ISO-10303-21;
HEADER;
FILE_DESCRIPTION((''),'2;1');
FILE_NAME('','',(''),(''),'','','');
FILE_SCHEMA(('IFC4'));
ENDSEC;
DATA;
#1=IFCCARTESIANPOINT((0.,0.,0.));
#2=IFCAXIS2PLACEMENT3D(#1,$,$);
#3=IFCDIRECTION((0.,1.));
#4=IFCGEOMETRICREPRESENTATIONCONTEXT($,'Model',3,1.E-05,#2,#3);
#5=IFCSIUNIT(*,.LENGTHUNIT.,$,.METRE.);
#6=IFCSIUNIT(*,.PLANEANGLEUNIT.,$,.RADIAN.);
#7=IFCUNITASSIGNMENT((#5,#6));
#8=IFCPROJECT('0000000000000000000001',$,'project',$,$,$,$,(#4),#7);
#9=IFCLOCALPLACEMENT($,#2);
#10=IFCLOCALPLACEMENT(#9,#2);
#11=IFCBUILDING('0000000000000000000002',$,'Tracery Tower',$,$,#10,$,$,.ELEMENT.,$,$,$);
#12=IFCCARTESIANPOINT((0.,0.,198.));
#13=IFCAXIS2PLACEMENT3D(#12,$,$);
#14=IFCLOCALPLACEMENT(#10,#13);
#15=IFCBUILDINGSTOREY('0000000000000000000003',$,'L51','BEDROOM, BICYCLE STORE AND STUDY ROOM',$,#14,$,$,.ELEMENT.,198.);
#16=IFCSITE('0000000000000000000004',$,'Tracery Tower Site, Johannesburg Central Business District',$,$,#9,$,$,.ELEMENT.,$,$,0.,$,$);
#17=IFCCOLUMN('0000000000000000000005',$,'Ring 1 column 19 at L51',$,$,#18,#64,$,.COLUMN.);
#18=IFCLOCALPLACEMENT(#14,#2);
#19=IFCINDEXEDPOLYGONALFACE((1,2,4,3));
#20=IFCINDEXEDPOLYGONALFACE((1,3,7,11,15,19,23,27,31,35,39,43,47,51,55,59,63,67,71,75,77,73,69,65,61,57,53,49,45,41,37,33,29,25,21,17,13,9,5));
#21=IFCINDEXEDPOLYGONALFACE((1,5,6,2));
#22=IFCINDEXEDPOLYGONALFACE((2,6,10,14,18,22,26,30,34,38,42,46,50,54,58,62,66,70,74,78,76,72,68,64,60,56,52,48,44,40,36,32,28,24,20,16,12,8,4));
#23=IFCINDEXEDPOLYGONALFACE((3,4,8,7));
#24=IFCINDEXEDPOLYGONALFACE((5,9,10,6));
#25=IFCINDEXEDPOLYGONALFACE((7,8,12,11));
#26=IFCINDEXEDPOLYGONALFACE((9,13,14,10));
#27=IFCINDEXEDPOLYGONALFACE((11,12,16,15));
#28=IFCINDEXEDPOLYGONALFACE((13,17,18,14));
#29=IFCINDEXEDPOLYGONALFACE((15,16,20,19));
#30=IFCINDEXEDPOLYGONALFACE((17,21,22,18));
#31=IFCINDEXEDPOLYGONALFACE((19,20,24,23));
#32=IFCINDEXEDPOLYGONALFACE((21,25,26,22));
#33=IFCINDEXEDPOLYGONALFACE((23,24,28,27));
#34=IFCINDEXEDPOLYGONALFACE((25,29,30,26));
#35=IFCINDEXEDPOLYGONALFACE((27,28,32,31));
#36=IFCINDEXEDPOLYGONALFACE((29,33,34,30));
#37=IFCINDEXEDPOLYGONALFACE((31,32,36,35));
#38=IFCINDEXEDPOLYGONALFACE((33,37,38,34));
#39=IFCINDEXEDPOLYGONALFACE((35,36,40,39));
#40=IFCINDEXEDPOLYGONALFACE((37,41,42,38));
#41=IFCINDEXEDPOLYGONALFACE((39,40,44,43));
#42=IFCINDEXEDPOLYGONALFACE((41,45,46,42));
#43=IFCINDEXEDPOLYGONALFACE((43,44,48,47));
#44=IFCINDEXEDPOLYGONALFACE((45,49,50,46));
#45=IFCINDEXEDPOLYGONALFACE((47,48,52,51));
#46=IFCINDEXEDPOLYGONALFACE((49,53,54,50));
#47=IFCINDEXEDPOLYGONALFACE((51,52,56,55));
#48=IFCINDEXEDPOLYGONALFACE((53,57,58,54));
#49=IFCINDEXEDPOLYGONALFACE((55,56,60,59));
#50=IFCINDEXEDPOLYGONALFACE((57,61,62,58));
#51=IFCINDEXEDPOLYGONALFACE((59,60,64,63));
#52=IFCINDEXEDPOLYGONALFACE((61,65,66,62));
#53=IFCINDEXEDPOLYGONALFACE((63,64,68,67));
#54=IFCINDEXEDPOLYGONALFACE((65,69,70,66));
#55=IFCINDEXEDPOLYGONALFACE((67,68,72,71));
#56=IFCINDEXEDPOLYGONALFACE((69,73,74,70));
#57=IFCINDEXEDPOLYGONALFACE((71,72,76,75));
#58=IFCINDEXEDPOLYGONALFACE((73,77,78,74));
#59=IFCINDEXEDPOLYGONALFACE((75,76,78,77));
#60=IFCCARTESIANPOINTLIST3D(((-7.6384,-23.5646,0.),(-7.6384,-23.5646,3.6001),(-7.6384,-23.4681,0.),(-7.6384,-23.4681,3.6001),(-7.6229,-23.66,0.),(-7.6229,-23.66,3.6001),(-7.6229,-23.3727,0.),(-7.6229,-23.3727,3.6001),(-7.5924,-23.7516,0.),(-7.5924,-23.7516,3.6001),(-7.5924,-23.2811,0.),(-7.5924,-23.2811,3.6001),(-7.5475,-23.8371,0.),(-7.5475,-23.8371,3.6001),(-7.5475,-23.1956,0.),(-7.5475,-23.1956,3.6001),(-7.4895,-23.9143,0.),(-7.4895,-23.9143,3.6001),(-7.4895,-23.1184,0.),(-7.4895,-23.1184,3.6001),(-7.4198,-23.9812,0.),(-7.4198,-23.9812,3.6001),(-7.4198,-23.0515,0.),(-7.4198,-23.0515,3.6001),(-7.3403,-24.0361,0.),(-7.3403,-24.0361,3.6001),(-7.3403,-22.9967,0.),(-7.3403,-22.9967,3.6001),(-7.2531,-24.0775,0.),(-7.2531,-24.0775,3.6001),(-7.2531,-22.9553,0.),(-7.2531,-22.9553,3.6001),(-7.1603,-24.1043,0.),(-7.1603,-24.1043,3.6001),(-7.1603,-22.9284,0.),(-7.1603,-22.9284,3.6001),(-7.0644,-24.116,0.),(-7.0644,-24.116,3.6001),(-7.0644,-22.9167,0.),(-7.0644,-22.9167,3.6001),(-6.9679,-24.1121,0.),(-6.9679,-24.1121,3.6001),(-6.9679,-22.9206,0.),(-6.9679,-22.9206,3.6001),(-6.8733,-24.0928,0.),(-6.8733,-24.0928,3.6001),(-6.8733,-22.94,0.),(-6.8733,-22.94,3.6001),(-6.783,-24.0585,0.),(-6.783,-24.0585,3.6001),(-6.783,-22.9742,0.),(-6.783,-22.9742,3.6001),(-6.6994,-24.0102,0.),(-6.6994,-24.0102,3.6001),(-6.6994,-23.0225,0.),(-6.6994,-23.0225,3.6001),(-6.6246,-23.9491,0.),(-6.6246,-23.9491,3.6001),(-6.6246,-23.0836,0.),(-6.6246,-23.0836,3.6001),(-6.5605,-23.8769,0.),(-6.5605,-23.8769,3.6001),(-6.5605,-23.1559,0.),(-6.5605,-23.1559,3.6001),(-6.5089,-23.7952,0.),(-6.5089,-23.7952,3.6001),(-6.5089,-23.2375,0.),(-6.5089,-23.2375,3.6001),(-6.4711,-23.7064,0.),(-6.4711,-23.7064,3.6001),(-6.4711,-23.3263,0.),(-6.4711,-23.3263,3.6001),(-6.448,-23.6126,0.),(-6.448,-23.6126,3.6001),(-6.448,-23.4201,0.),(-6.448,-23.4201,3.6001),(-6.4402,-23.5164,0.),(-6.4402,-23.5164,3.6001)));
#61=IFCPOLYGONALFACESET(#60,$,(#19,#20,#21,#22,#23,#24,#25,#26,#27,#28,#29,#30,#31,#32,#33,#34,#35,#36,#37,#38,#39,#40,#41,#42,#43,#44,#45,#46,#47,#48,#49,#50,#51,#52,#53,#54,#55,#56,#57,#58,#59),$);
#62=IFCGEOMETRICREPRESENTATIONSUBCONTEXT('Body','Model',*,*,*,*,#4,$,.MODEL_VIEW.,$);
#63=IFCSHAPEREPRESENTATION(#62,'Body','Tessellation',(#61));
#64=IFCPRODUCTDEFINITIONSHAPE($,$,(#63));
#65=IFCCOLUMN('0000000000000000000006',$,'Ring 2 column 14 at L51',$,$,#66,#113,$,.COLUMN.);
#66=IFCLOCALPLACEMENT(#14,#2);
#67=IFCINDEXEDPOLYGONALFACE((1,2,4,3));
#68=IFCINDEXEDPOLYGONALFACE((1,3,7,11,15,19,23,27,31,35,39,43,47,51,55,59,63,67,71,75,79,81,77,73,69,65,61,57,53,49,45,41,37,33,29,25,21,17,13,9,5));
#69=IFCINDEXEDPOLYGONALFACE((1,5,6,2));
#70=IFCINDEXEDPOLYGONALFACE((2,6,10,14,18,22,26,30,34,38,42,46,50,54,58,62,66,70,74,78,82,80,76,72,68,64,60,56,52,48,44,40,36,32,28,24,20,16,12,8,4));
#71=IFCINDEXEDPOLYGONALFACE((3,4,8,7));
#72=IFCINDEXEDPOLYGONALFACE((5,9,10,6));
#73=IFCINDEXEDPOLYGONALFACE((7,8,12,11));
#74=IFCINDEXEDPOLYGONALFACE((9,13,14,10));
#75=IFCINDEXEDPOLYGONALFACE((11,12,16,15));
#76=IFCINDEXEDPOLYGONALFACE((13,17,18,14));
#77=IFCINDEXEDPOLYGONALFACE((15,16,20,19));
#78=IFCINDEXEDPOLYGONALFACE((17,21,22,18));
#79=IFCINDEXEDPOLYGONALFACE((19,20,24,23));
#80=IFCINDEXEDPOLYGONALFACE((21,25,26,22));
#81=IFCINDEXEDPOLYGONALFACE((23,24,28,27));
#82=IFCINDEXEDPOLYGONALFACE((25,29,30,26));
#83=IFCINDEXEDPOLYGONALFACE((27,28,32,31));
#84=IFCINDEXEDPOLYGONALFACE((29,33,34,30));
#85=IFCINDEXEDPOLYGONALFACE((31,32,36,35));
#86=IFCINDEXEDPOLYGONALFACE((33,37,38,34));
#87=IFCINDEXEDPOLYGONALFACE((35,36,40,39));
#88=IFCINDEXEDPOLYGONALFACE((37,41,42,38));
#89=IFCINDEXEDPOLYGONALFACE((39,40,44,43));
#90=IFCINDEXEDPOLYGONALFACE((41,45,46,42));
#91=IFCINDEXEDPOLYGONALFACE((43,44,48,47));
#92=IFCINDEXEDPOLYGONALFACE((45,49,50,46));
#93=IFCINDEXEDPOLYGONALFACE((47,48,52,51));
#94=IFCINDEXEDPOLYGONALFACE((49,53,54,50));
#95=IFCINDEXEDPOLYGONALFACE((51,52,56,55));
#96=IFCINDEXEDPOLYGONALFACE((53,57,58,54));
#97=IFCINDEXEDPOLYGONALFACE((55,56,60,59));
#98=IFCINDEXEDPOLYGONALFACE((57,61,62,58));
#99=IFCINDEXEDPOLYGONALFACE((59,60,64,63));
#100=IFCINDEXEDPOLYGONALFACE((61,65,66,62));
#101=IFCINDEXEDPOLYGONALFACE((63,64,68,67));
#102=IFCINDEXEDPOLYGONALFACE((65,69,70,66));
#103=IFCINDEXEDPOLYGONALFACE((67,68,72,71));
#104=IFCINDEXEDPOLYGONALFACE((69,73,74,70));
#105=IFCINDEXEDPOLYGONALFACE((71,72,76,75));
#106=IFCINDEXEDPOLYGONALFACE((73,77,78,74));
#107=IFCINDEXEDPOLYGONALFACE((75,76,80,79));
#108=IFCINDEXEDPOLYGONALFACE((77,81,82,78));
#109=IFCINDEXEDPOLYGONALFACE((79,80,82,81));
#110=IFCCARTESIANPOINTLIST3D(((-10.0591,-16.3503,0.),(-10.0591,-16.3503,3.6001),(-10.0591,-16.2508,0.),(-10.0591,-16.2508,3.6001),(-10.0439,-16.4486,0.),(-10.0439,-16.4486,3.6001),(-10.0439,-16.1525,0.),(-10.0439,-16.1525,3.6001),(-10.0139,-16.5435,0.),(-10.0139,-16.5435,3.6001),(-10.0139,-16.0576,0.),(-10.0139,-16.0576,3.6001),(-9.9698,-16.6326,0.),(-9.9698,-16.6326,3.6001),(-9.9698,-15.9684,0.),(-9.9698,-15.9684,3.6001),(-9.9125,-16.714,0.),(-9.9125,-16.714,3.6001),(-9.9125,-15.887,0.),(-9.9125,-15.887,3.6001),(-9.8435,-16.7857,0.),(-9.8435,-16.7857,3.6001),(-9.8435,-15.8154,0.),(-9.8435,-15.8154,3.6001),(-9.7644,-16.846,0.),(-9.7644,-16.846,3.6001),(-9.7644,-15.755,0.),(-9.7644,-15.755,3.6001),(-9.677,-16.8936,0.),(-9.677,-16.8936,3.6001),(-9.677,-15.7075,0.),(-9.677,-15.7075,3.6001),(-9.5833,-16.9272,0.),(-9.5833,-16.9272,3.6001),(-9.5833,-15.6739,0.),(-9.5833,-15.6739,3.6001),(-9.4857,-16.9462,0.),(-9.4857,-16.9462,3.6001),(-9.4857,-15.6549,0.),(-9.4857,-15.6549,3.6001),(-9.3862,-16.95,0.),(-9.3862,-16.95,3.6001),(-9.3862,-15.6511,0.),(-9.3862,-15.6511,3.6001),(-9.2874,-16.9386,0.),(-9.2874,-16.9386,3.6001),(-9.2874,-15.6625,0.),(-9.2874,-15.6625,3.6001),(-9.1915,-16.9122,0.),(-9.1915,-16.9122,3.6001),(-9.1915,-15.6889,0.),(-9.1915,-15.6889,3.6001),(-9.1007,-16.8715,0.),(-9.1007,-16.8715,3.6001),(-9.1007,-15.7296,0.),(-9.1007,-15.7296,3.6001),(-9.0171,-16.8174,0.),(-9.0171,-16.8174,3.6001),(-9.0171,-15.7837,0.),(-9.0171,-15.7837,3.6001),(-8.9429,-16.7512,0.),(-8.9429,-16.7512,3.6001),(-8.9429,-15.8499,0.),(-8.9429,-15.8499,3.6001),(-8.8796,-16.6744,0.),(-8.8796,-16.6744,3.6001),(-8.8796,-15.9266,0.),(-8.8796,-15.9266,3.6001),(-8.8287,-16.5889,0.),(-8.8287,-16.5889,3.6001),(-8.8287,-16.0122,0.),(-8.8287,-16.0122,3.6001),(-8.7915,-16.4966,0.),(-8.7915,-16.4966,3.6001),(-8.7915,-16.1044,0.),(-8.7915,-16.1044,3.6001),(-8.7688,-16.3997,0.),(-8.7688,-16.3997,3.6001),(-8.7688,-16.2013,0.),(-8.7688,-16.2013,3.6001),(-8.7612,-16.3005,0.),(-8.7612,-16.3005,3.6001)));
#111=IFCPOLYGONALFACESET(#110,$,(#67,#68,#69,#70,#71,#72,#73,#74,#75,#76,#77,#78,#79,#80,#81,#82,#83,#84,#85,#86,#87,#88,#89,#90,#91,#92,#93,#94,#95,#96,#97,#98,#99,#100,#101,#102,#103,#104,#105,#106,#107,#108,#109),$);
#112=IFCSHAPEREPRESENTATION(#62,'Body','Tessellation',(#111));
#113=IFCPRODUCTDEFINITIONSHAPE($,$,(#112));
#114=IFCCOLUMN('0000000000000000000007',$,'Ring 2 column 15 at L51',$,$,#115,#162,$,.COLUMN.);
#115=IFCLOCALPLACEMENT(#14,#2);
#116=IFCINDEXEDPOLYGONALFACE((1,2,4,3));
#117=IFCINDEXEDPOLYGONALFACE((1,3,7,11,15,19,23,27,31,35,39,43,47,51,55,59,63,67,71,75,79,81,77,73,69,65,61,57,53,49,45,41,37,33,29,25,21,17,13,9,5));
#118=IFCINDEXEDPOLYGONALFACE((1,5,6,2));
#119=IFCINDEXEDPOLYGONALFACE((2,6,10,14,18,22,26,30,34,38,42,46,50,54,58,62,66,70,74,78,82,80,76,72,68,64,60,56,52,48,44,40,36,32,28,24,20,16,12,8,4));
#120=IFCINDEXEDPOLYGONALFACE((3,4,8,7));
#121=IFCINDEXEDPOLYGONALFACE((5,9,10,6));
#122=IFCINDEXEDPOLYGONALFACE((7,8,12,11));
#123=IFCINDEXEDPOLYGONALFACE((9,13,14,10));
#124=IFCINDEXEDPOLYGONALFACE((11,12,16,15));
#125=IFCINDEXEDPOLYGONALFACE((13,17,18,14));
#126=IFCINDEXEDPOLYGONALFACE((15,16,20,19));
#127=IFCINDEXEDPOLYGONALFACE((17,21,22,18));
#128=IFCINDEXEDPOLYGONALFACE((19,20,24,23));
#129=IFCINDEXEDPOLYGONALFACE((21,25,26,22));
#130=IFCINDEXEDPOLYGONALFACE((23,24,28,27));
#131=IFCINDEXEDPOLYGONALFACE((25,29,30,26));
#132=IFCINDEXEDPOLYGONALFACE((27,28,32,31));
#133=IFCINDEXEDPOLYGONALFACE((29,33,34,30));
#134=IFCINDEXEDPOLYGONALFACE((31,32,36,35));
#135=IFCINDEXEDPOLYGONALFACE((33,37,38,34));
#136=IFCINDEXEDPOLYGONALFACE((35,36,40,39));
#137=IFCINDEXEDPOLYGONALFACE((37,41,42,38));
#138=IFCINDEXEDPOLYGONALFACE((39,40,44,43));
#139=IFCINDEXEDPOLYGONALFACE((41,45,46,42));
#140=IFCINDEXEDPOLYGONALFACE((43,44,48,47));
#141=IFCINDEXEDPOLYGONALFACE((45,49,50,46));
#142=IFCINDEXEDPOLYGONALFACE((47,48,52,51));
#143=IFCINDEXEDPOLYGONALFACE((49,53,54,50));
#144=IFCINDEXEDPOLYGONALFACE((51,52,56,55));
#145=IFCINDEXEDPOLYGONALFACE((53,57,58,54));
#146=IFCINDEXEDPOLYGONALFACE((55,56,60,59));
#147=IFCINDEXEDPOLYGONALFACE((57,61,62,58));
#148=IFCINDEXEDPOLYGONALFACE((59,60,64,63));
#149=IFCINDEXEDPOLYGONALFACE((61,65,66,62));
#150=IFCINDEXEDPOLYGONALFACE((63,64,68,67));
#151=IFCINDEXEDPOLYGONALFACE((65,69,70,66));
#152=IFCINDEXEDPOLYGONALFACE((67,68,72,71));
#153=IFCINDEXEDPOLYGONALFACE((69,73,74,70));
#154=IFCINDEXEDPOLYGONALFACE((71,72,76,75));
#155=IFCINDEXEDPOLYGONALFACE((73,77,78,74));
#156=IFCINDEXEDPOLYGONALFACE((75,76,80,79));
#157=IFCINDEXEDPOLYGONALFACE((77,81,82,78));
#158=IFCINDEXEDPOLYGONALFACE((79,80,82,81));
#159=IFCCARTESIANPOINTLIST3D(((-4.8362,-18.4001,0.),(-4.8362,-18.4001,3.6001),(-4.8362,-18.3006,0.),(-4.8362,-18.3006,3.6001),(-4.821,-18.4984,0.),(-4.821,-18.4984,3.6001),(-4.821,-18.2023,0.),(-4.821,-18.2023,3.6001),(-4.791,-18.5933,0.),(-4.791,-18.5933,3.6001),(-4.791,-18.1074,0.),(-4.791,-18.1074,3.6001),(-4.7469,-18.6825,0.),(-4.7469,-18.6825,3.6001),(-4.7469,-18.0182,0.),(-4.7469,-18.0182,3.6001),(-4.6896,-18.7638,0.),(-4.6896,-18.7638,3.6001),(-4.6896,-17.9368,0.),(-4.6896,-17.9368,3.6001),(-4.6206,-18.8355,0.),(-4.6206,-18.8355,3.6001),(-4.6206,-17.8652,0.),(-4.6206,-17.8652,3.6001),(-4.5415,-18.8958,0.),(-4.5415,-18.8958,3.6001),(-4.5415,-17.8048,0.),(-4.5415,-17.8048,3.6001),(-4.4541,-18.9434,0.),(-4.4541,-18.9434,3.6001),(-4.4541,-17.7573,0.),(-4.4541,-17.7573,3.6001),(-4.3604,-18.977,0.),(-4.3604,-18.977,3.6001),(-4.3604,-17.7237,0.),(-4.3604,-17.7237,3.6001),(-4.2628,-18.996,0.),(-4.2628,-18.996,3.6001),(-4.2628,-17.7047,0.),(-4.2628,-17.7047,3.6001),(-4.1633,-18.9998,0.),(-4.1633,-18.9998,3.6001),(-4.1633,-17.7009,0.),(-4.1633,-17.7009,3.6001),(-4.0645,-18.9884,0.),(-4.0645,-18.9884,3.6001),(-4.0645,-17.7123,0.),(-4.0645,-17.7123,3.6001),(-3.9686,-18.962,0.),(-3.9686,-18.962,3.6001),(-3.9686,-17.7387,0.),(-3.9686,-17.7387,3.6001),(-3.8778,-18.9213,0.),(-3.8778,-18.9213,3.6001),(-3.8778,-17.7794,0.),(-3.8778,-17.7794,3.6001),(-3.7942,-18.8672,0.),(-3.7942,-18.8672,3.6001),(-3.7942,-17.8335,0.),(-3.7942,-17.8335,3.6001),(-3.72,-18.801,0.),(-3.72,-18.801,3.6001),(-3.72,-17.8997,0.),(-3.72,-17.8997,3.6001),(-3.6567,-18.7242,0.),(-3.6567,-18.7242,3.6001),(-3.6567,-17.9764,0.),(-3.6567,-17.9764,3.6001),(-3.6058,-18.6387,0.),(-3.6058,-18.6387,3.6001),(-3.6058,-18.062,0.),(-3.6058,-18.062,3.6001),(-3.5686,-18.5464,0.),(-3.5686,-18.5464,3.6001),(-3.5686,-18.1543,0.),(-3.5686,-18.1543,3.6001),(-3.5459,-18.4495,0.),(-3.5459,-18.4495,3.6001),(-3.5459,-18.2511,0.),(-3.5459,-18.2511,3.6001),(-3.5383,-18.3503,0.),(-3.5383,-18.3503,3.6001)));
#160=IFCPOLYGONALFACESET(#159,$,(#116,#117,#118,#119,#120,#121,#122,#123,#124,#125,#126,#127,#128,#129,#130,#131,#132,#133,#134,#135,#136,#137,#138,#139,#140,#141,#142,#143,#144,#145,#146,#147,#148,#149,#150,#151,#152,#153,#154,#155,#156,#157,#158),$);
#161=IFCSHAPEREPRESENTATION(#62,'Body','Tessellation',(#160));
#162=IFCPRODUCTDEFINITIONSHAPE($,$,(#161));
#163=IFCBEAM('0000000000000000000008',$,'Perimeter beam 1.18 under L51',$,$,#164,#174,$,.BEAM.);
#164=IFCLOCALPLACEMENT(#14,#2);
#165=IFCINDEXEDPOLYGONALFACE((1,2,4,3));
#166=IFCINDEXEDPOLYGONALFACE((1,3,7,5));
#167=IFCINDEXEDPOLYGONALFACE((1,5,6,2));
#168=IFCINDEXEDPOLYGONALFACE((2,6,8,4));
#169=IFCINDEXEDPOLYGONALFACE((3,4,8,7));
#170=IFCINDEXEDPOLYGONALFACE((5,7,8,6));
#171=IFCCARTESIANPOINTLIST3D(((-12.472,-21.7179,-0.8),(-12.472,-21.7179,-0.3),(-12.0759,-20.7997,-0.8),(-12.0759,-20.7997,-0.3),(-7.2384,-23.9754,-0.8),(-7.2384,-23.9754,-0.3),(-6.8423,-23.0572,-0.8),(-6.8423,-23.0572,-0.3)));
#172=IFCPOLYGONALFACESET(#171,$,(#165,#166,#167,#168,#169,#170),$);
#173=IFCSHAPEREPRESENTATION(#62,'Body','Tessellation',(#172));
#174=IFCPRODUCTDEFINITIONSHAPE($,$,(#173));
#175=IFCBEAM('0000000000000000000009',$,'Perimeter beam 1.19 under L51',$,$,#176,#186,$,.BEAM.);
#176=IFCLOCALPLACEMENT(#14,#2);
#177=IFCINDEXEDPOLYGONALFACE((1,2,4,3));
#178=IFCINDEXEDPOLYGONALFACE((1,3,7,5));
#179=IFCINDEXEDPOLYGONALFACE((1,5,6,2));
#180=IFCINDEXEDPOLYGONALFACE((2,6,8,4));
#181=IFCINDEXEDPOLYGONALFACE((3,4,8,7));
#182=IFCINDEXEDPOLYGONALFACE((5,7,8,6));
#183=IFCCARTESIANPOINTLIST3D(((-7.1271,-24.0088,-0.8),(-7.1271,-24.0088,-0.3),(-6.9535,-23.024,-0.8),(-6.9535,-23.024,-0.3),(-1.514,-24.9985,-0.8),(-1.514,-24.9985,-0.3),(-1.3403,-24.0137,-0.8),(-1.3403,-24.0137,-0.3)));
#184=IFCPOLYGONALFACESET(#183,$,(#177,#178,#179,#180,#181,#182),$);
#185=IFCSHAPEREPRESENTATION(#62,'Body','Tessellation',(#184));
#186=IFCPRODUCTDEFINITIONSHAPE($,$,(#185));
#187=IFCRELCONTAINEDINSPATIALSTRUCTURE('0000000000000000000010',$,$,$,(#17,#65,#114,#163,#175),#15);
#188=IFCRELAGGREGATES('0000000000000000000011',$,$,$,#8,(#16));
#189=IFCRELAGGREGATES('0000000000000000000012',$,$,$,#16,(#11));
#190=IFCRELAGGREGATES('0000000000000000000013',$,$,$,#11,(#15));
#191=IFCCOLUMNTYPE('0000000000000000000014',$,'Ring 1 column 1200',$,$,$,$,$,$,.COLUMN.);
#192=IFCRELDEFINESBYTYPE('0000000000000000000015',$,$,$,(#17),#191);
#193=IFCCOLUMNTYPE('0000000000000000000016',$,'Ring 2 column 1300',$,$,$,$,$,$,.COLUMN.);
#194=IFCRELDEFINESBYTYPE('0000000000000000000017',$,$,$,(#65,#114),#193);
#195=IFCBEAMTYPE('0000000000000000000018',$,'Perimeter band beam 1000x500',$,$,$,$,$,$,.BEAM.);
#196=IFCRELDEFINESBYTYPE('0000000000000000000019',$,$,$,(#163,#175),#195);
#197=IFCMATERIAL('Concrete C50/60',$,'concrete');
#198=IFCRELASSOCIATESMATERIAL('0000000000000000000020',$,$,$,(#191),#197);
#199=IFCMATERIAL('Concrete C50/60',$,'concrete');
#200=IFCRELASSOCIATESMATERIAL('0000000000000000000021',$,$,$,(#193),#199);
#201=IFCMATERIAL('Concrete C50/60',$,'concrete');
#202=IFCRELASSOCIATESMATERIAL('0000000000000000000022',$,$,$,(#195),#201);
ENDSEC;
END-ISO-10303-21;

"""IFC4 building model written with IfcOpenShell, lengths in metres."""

from ifc_helpers import new_model, si_unit, direction, frame, origin, origin_2d, place, context, subcontext, project, spatial, rectangle, circle, extrude, material, material_profile, profile_set, type_object, element, save


model = new_model("IFC4")

# Units and contexts
model_context = context("Model", 3, precision=1e-05, world=origin(), true_north=direction((0.0, 1.0)))
body_context = subcontext(model_context, "Body", "Model", "MODEL_VIEW")
ifc_project = project(units=[si_unit("LENGTHUNIT", "METRE"), si_unit("PLANEANGLEUNIT", "RADIAN")], contexts=[model_context])

# Site, building, storey
site_placement = place(None, origin())
site = spatial("IfcSite", under=ifc_project, at=site_placement, Name="Tracery Tower Site, Johannesburg Central Business District", CompositionType="ELEMENT", RefElevation=0.0)
building_placement = place(site_placement, origin())
building = spatial("IfcBuilding", under=site, at=building_placement, Name="Tracery Tower", CompositionType="ELEMENT")
storey_placement = place(building_placement, frame((0.0, 0.0, 198.0)))
storey = spatial("IfcBuildingStorey", under=building, at=storey_placement, Name="L51", Description="BEDROOM, BICYCLE STORE AND STUDY ROOM", CompositionType="ELEMENT", Elevation=198.0)

# Columns
ifc_material_1 = material(Name="Concrete C50/60", Category="concrete")
ifc_material_profile_1 = material_profile(ifc_material_1, circle(Radius=0.6001, at=origin_2d()), Name="RC D1200")
ifc_profile_set_1 = profile_set([ifc_material_profile_1], Name="Concrete C50/60")
column_type_1 = type_object("IfcColumnType", Name="Ring 1 column 1200", PredefinedType="COLUMN", material=ifc_profile_set_1)
column_placement = place(storey_placement, frame((-7.0403, -23.5164, 0.0), z_axis=(0.0, 0.0, 1.0), x_axis=(1.0, 0.0, 0.0)))
element("IfcColumn", 1, at=column_placement, inside=storey, type_object=column_type_1, Name="Ring 1 column 19 at L51", PredefinedType="COLUMN", context=body_context, shape_type="SweptSolid", body=[
    extrude(circle(Radius=0.6001, at=origin_2d()), origin(), (0.0, 0.0, 1.0), 3.6001),
])
ifc_material_2 = material(Name="Concrete C50/60", Category="concrete")
ifc_material_profile_2 = material_profile(ifc_material_2, circle(Radius=0.6499, at=origin_2d()), Name="RC D1300")
ifc_profile_set_2 = profile_set([ifc_material_profile_2], Name="Concrete C50/60")
column_type_2 = type_object("IfcColumnType", Name="Ring 2 column 1300", PredefinedType="COLUMN", material=ifc_profile_set_2)
for number, where, z_axis, x_axis, name in (
    (2, (-9.4111, -16.3005, 0.0), (0.0, 0.0, 1.0), (1.0, 0.0, 0.0), "Ring 2 column 14 at L51"),
    (3, (-4.1882, -18.3503, 0.0), (0.0, 0.0, 1.0), (1.0, 0.0, 0.0), "Ring 2 column 15 at L51"),
):
    element("IfcColumn", number, at=place(storey_placement, frame(where, z_axis=z_axis, x_axis=x_axis)), inside=storey, type_object=column_type_2, Name=name, PredefinedType="COLUMN", context=body_context, shape_type="SweptSolid", body=[
        extrude(circle(Radius=0.6499, at=origin_2d()), origin(), (0.0, 0.0, 1.0), 3.6001),
    ])

# Beams
ifc_material_3 = material(Name="Concrete C50/60", Category="concrete")
ifc_material_profile_3 = material_profile(ifc_material_3, rectangle(XDim=1.0, YDim=0.5, at=origin_2d()), Name="RC 1000x500")
ifc_profile_set_3 = profile_set([ifc_material_profile_3], Name="Concrete C50/60")
beam_type = type_object("IfcBeamType", Name="Perimeter band beam 1000x500", PredefinedType="BEAM", material=ifc_profile_set_3)
for number, where, z_axis, x_axis, name in (
    (4, (-12.2739, -21.2588, -0.55), (0.918216, -0.396079, 0.0), (0.396079, 0.918216, 0.0), "Perimeter beam 1.18 under L51"),
    (5, (-7.0403, -23.5164, -0.55), (0.984807, -0.173651, 0.0), (0.173651, 0.984807, 0.0), "Perimeter beam 1.19 under L51"),
):
    element("IfcBeam", number, at=place(storey_placement, frame(where, z_axis=z_axis, x_axis=x_axis)), inside=storey, type_object=beam_type, Name=name, PredefinedType="BEAM", context=body_context, shape_type="SweptSolid", body=[
        extrude(rectangle(XDim=1.0, YDim=0.5, at=origin_2d()), origin(), (0.0, 0.0, 1.0), 5.6997),
    ])

save(model, "model.ifc")
